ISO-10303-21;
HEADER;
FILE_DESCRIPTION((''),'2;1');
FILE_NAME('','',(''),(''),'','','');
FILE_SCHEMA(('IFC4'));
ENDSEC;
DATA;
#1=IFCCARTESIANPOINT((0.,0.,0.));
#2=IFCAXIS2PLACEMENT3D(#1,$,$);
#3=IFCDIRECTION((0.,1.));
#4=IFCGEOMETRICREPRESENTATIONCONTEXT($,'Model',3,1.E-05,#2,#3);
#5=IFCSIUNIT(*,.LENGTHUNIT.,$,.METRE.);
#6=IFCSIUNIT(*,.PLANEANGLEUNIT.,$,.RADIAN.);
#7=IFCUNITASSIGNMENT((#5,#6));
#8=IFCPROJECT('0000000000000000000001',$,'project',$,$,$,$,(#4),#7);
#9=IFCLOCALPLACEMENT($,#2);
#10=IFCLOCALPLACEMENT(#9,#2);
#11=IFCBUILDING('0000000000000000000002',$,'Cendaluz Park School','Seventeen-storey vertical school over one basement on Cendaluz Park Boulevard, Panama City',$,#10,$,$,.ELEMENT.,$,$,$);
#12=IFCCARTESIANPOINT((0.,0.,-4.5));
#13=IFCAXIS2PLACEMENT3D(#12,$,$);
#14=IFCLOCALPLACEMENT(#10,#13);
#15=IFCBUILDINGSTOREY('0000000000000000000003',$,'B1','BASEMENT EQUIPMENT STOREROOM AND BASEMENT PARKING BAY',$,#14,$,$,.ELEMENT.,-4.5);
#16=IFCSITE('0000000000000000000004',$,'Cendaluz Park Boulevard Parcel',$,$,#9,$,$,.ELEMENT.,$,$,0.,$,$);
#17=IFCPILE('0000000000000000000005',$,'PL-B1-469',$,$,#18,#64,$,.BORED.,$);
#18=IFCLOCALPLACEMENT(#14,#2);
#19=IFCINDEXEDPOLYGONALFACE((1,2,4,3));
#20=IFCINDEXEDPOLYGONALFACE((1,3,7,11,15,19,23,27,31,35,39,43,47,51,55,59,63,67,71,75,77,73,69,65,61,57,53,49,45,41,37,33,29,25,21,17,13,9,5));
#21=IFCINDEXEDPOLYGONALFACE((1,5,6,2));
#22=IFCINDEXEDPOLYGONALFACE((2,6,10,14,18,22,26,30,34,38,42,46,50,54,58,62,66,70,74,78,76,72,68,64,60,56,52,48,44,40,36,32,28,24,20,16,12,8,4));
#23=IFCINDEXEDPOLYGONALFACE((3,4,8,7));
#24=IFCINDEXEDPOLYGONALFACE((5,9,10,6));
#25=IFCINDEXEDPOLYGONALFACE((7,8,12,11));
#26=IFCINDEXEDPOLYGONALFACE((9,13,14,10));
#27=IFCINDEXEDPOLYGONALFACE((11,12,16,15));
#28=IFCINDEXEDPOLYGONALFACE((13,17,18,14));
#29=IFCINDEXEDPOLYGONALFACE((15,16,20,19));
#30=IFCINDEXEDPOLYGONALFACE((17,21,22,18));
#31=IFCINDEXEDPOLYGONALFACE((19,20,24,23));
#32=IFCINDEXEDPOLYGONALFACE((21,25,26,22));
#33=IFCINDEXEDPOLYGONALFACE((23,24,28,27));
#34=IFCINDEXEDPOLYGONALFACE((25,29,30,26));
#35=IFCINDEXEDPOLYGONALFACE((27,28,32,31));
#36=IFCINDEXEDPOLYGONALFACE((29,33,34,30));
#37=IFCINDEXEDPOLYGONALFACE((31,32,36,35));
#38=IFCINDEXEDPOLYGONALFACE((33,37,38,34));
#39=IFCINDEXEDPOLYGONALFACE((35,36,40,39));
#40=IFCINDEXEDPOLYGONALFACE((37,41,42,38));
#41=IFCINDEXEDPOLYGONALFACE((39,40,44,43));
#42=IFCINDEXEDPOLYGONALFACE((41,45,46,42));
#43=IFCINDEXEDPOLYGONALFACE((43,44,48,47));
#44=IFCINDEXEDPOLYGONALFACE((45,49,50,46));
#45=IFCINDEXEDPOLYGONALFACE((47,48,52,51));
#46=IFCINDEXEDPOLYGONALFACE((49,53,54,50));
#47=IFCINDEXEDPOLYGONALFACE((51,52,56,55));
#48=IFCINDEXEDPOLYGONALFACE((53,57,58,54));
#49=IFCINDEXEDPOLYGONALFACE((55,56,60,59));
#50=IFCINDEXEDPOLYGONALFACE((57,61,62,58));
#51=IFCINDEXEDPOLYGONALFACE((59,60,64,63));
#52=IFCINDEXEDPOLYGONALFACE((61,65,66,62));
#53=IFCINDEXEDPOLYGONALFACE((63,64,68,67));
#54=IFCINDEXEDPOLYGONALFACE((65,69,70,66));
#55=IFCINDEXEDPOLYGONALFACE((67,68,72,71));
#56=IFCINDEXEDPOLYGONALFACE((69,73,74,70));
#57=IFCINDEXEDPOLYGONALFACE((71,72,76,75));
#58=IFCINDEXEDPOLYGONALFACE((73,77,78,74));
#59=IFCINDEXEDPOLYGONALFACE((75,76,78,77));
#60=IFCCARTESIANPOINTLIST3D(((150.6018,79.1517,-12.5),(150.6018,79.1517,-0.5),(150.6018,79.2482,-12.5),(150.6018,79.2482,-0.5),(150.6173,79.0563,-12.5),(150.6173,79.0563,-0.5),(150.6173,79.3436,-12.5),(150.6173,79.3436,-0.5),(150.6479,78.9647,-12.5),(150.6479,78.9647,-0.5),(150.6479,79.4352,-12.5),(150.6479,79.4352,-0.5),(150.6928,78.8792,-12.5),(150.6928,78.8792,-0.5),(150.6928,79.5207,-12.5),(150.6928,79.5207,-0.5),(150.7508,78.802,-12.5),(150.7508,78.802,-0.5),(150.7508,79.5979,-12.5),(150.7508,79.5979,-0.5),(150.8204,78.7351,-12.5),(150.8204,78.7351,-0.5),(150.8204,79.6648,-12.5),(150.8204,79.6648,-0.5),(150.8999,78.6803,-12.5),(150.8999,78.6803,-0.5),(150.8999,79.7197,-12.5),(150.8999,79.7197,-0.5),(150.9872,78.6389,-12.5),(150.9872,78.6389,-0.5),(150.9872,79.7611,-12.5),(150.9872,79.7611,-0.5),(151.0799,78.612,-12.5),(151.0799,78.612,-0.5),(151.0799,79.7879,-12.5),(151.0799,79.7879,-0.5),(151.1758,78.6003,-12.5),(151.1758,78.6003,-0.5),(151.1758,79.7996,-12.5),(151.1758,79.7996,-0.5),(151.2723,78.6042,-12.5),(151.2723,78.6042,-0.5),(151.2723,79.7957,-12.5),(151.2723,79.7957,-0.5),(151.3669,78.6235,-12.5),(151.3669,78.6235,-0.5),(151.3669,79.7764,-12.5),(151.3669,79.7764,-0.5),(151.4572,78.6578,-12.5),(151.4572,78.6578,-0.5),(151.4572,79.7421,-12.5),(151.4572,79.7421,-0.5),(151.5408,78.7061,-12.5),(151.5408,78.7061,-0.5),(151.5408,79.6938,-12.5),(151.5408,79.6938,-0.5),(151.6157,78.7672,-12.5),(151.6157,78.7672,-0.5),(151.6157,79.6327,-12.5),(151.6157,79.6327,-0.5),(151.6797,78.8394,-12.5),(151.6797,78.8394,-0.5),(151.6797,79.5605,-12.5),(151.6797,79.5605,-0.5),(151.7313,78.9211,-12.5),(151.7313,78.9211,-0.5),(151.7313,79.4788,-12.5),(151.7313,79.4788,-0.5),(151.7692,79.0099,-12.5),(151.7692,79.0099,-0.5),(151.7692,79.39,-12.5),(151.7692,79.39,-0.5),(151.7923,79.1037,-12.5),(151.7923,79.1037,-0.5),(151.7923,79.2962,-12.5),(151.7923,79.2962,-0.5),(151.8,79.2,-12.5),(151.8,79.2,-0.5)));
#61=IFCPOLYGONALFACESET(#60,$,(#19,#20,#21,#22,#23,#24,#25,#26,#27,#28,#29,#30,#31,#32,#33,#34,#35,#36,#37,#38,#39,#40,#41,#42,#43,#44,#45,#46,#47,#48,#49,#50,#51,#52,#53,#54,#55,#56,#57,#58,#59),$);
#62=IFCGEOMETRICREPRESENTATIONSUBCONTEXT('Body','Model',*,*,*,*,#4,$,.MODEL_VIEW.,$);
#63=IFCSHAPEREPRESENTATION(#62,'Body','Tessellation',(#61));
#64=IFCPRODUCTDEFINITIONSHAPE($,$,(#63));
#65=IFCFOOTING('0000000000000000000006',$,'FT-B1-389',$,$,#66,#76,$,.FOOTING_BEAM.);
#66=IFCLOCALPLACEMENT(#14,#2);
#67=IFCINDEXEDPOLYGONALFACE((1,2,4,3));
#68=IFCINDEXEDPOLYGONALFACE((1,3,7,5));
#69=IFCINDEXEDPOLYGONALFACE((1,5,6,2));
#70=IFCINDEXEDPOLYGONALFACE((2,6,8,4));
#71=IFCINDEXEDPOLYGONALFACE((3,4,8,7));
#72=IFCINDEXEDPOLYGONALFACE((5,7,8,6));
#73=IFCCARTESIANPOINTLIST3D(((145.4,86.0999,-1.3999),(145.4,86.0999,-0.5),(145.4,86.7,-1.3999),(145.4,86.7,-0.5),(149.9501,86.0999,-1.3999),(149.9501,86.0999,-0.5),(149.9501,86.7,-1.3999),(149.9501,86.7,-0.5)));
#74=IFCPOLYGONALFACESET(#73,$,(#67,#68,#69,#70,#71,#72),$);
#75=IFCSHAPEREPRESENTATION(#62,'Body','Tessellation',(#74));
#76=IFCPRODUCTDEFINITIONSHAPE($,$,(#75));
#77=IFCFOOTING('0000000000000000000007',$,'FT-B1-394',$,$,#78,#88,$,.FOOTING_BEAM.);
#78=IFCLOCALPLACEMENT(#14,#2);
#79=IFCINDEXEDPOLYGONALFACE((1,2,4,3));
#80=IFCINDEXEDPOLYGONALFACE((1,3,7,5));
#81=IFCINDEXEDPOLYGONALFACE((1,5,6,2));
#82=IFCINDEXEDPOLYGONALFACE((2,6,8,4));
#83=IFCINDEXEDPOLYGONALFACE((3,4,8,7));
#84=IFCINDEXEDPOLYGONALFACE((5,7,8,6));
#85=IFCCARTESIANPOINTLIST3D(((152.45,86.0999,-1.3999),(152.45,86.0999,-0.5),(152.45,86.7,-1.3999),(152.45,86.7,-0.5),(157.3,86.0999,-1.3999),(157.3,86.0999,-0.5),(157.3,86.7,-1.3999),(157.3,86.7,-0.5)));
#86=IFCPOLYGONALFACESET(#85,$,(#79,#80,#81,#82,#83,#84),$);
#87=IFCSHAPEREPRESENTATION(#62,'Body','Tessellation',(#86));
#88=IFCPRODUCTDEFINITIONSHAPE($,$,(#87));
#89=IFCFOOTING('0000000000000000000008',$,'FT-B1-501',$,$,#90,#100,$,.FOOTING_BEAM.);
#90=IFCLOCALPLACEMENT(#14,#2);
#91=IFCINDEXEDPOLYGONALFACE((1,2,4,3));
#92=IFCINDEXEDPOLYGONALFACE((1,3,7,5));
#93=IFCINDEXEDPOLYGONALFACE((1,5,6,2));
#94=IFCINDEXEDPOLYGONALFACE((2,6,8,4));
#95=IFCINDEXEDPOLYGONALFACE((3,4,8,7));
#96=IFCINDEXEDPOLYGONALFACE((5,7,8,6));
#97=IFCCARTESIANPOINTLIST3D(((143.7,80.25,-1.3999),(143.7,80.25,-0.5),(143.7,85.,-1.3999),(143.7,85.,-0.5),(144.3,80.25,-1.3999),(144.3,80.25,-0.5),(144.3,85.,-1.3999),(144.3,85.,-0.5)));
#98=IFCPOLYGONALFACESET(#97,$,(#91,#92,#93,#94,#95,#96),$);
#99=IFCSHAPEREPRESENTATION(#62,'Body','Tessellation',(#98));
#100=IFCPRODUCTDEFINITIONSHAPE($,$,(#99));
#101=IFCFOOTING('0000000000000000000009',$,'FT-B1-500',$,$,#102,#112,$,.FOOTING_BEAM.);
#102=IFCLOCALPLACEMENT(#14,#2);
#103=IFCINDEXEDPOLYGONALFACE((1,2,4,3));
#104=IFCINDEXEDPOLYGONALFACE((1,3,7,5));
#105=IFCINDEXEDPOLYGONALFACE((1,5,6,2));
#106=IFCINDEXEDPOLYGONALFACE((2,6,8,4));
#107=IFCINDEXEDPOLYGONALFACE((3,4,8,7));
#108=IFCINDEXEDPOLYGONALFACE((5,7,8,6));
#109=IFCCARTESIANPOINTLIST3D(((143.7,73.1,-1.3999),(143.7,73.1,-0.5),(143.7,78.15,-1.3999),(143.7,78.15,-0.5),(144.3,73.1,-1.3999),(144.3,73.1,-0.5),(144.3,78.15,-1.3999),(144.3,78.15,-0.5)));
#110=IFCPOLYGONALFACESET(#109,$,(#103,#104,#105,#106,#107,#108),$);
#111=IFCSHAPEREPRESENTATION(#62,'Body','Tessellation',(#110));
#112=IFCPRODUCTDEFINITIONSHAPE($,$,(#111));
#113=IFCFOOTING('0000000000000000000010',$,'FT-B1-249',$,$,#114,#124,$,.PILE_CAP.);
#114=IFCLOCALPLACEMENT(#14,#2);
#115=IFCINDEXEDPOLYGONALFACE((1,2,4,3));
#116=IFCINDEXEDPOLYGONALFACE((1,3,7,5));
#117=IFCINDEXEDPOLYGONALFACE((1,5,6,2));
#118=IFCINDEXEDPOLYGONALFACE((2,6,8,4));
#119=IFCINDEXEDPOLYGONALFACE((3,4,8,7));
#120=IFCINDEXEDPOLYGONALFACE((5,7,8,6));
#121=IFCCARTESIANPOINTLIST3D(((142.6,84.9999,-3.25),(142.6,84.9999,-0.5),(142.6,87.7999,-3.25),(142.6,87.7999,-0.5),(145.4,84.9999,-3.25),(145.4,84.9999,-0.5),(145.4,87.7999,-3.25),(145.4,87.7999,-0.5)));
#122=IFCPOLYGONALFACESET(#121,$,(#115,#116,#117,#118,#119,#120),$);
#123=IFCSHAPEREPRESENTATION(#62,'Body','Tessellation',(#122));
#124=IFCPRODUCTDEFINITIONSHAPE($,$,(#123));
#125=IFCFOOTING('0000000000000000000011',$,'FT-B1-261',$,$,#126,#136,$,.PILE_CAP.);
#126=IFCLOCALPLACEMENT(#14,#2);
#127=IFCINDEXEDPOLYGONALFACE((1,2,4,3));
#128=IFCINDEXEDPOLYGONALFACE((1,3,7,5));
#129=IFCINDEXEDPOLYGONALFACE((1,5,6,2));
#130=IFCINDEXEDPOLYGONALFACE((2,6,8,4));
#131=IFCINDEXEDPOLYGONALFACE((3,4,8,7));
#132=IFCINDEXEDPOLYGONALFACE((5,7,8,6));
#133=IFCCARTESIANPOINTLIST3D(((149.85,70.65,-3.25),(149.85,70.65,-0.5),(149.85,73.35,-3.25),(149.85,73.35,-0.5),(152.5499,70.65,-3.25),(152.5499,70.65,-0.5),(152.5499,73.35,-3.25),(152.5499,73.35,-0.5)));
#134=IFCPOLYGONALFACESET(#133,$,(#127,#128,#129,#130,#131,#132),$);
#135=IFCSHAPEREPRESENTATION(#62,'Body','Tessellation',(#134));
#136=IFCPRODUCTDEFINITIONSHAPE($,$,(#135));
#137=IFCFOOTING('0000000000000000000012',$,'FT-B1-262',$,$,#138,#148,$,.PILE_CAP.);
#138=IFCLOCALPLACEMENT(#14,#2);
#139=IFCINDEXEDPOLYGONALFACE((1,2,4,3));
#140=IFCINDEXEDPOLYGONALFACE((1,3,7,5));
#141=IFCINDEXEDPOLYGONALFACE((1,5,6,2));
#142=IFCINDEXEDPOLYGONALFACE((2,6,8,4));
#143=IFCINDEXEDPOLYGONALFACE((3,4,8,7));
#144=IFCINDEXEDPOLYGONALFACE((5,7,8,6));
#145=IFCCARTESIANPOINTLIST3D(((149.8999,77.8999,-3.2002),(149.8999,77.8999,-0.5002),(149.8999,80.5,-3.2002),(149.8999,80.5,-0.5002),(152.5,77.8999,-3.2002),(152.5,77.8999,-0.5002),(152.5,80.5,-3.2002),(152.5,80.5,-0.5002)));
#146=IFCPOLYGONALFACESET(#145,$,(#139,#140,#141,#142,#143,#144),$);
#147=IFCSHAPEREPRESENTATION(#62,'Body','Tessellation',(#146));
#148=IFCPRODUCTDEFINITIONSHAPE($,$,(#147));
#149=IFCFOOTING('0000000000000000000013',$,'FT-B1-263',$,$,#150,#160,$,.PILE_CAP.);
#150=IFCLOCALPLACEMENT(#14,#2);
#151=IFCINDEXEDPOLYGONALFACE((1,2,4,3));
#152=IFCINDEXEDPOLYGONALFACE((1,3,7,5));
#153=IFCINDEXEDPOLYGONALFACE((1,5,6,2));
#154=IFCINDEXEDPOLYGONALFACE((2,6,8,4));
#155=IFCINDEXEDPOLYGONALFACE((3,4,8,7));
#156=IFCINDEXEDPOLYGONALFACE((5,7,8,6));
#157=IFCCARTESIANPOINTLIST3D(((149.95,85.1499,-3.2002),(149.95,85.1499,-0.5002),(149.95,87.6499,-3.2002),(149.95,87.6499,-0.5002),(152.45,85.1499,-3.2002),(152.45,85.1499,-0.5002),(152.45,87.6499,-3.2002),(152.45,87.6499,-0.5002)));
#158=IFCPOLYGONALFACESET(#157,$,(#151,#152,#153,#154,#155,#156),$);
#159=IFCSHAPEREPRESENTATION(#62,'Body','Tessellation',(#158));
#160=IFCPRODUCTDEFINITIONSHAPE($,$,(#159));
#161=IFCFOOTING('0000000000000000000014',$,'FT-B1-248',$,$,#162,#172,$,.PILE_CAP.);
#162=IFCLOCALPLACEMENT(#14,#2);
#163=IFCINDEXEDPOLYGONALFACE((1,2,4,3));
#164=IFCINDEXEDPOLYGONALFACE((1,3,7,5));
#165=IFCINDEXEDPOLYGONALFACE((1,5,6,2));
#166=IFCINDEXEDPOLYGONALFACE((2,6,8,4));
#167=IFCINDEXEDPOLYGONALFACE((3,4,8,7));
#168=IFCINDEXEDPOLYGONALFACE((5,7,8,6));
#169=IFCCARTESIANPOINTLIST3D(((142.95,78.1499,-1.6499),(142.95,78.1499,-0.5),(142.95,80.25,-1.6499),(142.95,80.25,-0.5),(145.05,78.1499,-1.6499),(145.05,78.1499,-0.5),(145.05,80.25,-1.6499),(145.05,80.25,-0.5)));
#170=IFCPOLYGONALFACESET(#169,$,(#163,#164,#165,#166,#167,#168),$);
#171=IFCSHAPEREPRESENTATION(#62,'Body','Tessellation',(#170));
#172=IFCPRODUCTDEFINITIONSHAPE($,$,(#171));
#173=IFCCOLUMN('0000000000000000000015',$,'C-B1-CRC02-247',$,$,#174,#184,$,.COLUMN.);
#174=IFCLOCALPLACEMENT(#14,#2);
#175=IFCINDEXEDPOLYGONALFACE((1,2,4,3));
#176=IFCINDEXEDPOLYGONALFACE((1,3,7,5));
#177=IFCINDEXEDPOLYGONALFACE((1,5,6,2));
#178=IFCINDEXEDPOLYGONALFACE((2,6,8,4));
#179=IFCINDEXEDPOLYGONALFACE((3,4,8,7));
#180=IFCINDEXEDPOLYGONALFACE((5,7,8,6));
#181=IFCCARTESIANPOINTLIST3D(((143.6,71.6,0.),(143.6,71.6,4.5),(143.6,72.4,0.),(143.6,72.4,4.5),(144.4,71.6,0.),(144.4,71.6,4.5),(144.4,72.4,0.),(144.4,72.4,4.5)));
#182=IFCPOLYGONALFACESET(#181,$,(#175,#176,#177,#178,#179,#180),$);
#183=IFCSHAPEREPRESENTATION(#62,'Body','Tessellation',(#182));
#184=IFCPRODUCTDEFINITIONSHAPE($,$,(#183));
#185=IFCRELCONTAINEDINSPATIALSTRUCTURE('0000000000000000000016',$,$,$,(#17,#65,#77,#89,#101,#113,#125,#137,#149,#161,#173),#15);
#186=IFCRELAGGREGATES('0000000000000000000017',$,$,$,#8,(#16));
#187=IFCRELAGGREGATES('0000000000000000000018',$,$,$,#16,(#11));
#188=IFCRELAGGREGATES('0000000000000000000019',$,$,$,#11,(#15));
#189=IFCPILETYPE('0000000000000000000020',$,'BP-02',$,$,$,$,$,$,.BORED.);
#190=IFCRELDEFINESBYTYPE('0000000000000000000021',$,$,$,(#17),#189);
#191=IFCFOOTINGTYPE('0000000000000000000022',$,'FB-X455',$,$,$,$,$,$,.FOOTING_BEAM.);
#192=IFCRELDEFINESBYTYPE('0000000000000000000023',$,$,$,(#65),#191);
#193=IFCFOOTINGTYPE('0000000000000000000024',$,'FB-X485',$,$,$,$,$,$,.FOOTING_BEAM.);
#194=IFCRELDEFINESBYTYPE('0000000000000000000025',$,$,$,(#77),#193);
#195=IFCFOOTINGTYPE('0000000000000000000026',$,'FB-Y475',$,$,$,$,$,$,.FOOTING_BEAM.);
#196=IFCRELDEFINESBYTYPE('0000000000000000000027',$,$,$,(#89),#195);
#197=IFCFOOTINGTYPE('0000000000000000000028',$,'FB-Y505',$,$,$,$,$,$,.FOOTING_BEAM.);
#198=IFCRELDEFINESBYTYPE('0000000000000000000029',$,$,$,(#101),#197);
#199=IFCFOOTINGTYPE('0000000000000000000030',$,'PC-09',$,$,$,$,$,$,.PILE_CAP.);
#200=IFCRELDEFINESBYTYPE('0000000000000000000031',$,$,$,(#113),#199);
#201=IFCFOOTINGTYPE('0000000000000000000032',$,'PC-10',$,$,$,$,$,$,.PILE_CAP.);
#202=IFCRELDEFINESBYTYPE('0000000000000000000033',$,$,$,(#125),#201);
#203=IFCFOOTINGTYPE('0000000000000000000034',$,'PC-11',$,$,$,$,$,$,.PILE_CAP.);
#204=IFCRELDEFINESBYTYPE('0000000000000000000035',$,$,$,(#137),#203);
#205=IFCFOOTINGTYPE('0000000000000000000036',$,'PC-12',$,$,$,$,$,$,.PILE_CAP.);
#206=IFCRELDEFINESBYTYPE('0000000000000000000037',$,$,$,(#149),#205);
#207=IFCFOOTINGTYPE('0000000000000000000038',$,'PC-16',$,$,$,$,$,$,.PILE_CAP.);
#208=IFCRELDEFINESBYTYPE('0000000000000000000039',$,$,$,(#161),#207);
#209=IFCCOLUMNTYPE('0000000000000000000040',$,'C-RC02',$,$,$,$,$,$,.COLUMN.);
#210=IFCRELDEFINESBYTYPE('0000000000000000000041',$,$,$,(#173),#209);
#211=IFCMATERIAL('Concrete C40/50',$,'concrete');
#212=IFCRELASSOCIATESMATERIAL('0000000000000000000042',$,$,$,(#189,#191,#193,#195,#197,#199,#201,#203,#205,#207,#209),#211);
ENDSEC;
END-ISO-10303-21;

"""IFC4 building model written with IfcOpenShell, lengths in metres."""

from ifc_helpers import new_model, si_unit, direction, frame, origin, origin_2d, place, context, subcontext, project, spatial, rectangle, circle, extrude, material, material_profile, profile_set, type_object, element, save


model = new_model("IFC4")

# Units and contexts
model_context = context("Model", 3, precision=1e-05, world=origin(), true_north=direction((0.0, 1.0)))
body_context = subcontext(model_context, "Body", "Model", "MODEL_VIEW")
ifc_project = project(units=[si_unit("LENGTHUNIT", "METRE"), si_unit("PLANEANGLEUNIT", "RADIAN")], contexts=[model_context])

# Site, building, storey
site_placement = place(None, origin())
site = spatial("IfcSite", under=ifc_project, at=site_placement, Name="Cendaluz Park Boulevard Parcel", CompositionType="ELEMENT", RefElevation=0.0)
building_placement = place(site_placement, origin())
building = spatial("IfcBuilding", under=site, at=building_placement, Name="Cendaluz Park School", Description="Seventeen-storey vertical school over one basement on Cendaluz Park Boulevard, Panama City", CompositionType="ELEMENT")
storey_placement = place(building_placement, frame((0.0, 0.0, -4.5)))
storey = spatial("IfcBuildingStorey", under=building, at=storey_placement, Name="B1", Description="BASEMENT EQUIPMENT STOREROOM AND BASEMENT PARKING BAY", CompositionType="ELEMENT", Elevation=-4.5)

# Pile
ifc_material_1 = material(Name="Concrete C40/50", Category="concrete")
ifc_material_profile_1 = material_profile(ifc_material_1, circle(Radius=0.6001, at=origin_2d()), Name="BP D1200", Category="concrete")
ifc_profile_set_1 = profile_set([ifc_material_profile_1], Name="Concrete C40/50")
pile_type_1 = type_object("IfcPileType", Name="BP-02", PredefinedType="BORED", material=ifc_profile_set_1)
for number, where, z_axis, x_axis, name in (
    (1, (151.2, 79.2, -0.5), (0.0, 0.0, -1.0), (1.0, 0.0, 0.0), "PL-B1-469"),
):
    element("IfcPile", number, at=place(storey_placement, frame(where, z_axis=z_axis, x_axis=x_axis)), inside=storey, type_object=pile_type_1, Name=name, PredefinedType="BORED", context=body_context, shape_type="SweptSolid", body=[
        extrude(circle(Radius=0.6001, at=origin_2d()), origin(), (0.0, 0.0, 1.0), 12.0),
    ])

# Footings
footing_type_1 = type_object("IfcFootingType", Name="FB-X455", PredefinedType="FOOTING_BEAM", material=ifc_material_1)
footing_1_placement = place(storey_placement, frame((147.675, 86.3999, -1.3999), z_axis=(0.0, 0.0, 1.0), x_axis=(1.0, 0.0, 0.0)))
element("IfcFooting", 2, at=footing_1_placement, inside=storey, type_object=footing_type_1, Name="FT-B1-389", PredefinedType="FOOTING_BEAM", context=body_context, shape_type="SweptSolid", body=[
    extrude(rectangle(XDim=4.55, YDim=0.6001, at=origin_2d()), origin(), (0.0, 0.0, 1.0), 0.8999),
])
footing_type_2 = type_object("IfcFootingType", Name="FB-X485", PredefinedType="FOOTING_BEAM", material=ifc_material_1)
footing_2_placement = place(storey_placement, frame((154.875, 86.3999, -1.3999), z_axis=(0.0, 0.0, 1.0), x_axis=(1.0, 0.0, 0.0)))
element("IfcFooting", 3, at=footing_2_placement, inside=storey, type_object=footing_type_2, Name="FT-B1-394", PredefinedType="FOOTING_BEAM", context=body_context, shape_type="SweptSolid", body=[
    extrude(rectangle(XDim=4.8501, YDim=0.6001, at=origin_2d()), origin(), (0.0, 0.0, 1.0), 0.8999),
])
footing_type_3 = type_object("IfcFootingType", Name="FB-Y475", PredefinedType="FOOTING_BEAM", material=ifc_material_1)
footing_3_placement = place(storey_placement, frame((144.0, 82.625, -1.3999), z_axis=(0.0, 0.0, 1.0), x_axis=(1.0, 0.0, 0.0)))
element("IfcFooting", 4, at=footing_3_placement, inside=storey, type_object=footing_type_3, Name="FT-B1-501", PredefinedType="FOOTING_BEAM", context=body_context, shape_type="SweptSolid", body=[
    extrude(rectangle(XDim=0.6001, YDim=4.75, at=origin_2d()), origin(), (0.0, 0.0, 1.0), 0.8999),
])
footing_type_4 = type_object("IfcFootingType", Name="FB-Y505", PredefinedType="FOOTING_BEAM", material=ifc_material_1)
footing_4_placement = place(storey_placement, frame((144.0, 75.625, -1.3999), z_axis=(0.0, 0.0, 1.0), x_axis=(1.0, 0.0, 0.0)))
element("IfcFooting", 5, at=footing_4_placement, inside=storey, type_object=footing_type_4, Name="FT-B1-500", PredefinedType="FOOTING_BEAM", context=body_context, shape_type="SweptSolid", body=[
    extrude(rectangle(XDim=0.6001, YDim=5.05, at=origin_2d()), origin(), (0.0, 0.0, 1.0), 0.8999),
])
footing_type_5 = type_object("IfcFootingType", Name="PC-09", PredefinedType="PILE_CAP", material=ifc_material_1)
footing_5_placement = place(storey_placement, frame((144.0, 86.3999, -3.25), z_axis=(0.0, 0.0, 1.0), x_axis=(1.0, 0.0, 0.0)))
element("IfcFooting", 6, at=footing_5_placement, inside=storey, type_object=footing_type_5, Name="FT-B1-249", PredefinedType="PILE_CAP", context=body_context, shape_type="SweptSolid", body=[
    extrude(rectangle(XDim=2.8, YDim=2.8, at=origin_2d()), origin(), (0.0, 0.0, 1.0), 2.75),
])
footing_type_6 = type_object("IfcFootingType", Name="PC-10", PredefinedType="PILE_CAP", material=ifc_material_1)
footing_6_placement = place(storey_placement, frame((151.2, 72.0, -3.25), z_axis=(0.0, 0.0, 1.0), x_axis=(1.0, 0.0, 0.0)))
element("IfcFooting", 7, at=footing_6_placement, inside=storey, type_object=footing_type_6, Name="FT-B1-261", PredefinedType="PILE_CAP", context=body_context, shape_type="SweptSolid", body=[
    extrude(rectangle(XDim=2.7, YDim=2.7, at=origin_2d()), origin(), (0.0, 0.0, 1.0), 2.75),
])
footing_type_7 = type_object("IfcFootingType", Name="PC-11", PredefinedType="PILE_CAP", material=ifc_material_1)
footing_7_placement = place(storey_placement, frame((151.2, 79.2, -3.2002), z_axis=(0.0, 0.0, 1.0), x_axis=(1.0, 0.0, 0.0)))
element("IfcFooting", 8, at=footing_7_placement, inside=storey, type_object=footing_type_7, Name="FT-B1-262", PredefinedType="PILE_CAP", context=body_context, shape_type="SweptSolid", body=[
    extrude(rectangle(XDim=2.6001, YDim=2.6001, at=origin_2d()), origin(), (0.0, 0.0, 1.0), 2.7),
])
footing_type_8 = type_object("IfcFootingType", Name="PC-12", PredefinedType="PILE_CAP", material=ifc_material_1)
footing_8_placement = place(storey_placement, frame((151.2, 86.3999, -3.2002), z_axis=(0.0, 0.0, 1.0), x_axis=(1.0, 0.0, 0.0)))
element("IfcFooting", 9, at=footing_8_placement, inside=storey, type_object=footing_type_8, Name="FT-B1-263", PredefinedType="PILE_CAP", context=body_context, shape_type="SweptSolid", body=[
    extrude(rectangle(XDim=2.5, YDim=2.5, at=origin_2d()), origin(), (0.0, 0.0, 1.0), 2.7),
])
footing_type_9 = type_object("IfcFootingType", Name="PC-16", PredefinedType="PILE_CAP", material=ifc_material_1)
footing_9_placement = place(storey_placement, frame((144.0, 79.2, -1.6499), z_axis=(0.0, 0.0, 1.0), x_axis=(1.0, 0.0, 0.0)))
element("IfcFooting", 10, at=footing_9_placement, inside=storey, type_object=footing_type_9, Name="FT-B1-248", PredefinedType="PILE_CAP", context=body_context, shape_type="SweptSolid", body=[
    extrude(rectangle(XDim=2.1001, YDim=2.1001, at=origin_2d()), origin(), (0.0, 0.0, 1.0), 1.1499),
])

# Column
ifc_material_profile_2 = material_profile(ifc_material_1, rectangle(XDim=0.8, YDim=0.8, at=origin_2d()), Name="RC 800x800", Category="concrete")
ifc_profile_set_2 = profile_set([ifc_material_profile_2], Name="Concrete C40/50")
column_type = type_object("IfcColumnType", Name="C-RC02", PredefinedType="COLUMN", material=ifc_profile_set_2)
for number, where, z_axis, x_axis, name in (
    (11, (144.0, 72.0, 0.0), (0.0, 0.0, 1.0), (1.0, 0.0, 0.0), "C-B1-CRC02-247"),
):
    element("IfcColumn", number, at=place(storey_placement, frame(where, z_axis=z_axis, x_axis=x_axis)), inside=storey, type_object=column_type, Name=name, PredefinedType="COLUMN", context=body_context, shape_type="SweptSolid", body=[
        extrude(rectangle(XDim=0.8, YDim=0.8, at=origin_2d()), origin(), (0.0, 0.0, 1.0), 4.5),
    ])

save(model, "model.ifc")
